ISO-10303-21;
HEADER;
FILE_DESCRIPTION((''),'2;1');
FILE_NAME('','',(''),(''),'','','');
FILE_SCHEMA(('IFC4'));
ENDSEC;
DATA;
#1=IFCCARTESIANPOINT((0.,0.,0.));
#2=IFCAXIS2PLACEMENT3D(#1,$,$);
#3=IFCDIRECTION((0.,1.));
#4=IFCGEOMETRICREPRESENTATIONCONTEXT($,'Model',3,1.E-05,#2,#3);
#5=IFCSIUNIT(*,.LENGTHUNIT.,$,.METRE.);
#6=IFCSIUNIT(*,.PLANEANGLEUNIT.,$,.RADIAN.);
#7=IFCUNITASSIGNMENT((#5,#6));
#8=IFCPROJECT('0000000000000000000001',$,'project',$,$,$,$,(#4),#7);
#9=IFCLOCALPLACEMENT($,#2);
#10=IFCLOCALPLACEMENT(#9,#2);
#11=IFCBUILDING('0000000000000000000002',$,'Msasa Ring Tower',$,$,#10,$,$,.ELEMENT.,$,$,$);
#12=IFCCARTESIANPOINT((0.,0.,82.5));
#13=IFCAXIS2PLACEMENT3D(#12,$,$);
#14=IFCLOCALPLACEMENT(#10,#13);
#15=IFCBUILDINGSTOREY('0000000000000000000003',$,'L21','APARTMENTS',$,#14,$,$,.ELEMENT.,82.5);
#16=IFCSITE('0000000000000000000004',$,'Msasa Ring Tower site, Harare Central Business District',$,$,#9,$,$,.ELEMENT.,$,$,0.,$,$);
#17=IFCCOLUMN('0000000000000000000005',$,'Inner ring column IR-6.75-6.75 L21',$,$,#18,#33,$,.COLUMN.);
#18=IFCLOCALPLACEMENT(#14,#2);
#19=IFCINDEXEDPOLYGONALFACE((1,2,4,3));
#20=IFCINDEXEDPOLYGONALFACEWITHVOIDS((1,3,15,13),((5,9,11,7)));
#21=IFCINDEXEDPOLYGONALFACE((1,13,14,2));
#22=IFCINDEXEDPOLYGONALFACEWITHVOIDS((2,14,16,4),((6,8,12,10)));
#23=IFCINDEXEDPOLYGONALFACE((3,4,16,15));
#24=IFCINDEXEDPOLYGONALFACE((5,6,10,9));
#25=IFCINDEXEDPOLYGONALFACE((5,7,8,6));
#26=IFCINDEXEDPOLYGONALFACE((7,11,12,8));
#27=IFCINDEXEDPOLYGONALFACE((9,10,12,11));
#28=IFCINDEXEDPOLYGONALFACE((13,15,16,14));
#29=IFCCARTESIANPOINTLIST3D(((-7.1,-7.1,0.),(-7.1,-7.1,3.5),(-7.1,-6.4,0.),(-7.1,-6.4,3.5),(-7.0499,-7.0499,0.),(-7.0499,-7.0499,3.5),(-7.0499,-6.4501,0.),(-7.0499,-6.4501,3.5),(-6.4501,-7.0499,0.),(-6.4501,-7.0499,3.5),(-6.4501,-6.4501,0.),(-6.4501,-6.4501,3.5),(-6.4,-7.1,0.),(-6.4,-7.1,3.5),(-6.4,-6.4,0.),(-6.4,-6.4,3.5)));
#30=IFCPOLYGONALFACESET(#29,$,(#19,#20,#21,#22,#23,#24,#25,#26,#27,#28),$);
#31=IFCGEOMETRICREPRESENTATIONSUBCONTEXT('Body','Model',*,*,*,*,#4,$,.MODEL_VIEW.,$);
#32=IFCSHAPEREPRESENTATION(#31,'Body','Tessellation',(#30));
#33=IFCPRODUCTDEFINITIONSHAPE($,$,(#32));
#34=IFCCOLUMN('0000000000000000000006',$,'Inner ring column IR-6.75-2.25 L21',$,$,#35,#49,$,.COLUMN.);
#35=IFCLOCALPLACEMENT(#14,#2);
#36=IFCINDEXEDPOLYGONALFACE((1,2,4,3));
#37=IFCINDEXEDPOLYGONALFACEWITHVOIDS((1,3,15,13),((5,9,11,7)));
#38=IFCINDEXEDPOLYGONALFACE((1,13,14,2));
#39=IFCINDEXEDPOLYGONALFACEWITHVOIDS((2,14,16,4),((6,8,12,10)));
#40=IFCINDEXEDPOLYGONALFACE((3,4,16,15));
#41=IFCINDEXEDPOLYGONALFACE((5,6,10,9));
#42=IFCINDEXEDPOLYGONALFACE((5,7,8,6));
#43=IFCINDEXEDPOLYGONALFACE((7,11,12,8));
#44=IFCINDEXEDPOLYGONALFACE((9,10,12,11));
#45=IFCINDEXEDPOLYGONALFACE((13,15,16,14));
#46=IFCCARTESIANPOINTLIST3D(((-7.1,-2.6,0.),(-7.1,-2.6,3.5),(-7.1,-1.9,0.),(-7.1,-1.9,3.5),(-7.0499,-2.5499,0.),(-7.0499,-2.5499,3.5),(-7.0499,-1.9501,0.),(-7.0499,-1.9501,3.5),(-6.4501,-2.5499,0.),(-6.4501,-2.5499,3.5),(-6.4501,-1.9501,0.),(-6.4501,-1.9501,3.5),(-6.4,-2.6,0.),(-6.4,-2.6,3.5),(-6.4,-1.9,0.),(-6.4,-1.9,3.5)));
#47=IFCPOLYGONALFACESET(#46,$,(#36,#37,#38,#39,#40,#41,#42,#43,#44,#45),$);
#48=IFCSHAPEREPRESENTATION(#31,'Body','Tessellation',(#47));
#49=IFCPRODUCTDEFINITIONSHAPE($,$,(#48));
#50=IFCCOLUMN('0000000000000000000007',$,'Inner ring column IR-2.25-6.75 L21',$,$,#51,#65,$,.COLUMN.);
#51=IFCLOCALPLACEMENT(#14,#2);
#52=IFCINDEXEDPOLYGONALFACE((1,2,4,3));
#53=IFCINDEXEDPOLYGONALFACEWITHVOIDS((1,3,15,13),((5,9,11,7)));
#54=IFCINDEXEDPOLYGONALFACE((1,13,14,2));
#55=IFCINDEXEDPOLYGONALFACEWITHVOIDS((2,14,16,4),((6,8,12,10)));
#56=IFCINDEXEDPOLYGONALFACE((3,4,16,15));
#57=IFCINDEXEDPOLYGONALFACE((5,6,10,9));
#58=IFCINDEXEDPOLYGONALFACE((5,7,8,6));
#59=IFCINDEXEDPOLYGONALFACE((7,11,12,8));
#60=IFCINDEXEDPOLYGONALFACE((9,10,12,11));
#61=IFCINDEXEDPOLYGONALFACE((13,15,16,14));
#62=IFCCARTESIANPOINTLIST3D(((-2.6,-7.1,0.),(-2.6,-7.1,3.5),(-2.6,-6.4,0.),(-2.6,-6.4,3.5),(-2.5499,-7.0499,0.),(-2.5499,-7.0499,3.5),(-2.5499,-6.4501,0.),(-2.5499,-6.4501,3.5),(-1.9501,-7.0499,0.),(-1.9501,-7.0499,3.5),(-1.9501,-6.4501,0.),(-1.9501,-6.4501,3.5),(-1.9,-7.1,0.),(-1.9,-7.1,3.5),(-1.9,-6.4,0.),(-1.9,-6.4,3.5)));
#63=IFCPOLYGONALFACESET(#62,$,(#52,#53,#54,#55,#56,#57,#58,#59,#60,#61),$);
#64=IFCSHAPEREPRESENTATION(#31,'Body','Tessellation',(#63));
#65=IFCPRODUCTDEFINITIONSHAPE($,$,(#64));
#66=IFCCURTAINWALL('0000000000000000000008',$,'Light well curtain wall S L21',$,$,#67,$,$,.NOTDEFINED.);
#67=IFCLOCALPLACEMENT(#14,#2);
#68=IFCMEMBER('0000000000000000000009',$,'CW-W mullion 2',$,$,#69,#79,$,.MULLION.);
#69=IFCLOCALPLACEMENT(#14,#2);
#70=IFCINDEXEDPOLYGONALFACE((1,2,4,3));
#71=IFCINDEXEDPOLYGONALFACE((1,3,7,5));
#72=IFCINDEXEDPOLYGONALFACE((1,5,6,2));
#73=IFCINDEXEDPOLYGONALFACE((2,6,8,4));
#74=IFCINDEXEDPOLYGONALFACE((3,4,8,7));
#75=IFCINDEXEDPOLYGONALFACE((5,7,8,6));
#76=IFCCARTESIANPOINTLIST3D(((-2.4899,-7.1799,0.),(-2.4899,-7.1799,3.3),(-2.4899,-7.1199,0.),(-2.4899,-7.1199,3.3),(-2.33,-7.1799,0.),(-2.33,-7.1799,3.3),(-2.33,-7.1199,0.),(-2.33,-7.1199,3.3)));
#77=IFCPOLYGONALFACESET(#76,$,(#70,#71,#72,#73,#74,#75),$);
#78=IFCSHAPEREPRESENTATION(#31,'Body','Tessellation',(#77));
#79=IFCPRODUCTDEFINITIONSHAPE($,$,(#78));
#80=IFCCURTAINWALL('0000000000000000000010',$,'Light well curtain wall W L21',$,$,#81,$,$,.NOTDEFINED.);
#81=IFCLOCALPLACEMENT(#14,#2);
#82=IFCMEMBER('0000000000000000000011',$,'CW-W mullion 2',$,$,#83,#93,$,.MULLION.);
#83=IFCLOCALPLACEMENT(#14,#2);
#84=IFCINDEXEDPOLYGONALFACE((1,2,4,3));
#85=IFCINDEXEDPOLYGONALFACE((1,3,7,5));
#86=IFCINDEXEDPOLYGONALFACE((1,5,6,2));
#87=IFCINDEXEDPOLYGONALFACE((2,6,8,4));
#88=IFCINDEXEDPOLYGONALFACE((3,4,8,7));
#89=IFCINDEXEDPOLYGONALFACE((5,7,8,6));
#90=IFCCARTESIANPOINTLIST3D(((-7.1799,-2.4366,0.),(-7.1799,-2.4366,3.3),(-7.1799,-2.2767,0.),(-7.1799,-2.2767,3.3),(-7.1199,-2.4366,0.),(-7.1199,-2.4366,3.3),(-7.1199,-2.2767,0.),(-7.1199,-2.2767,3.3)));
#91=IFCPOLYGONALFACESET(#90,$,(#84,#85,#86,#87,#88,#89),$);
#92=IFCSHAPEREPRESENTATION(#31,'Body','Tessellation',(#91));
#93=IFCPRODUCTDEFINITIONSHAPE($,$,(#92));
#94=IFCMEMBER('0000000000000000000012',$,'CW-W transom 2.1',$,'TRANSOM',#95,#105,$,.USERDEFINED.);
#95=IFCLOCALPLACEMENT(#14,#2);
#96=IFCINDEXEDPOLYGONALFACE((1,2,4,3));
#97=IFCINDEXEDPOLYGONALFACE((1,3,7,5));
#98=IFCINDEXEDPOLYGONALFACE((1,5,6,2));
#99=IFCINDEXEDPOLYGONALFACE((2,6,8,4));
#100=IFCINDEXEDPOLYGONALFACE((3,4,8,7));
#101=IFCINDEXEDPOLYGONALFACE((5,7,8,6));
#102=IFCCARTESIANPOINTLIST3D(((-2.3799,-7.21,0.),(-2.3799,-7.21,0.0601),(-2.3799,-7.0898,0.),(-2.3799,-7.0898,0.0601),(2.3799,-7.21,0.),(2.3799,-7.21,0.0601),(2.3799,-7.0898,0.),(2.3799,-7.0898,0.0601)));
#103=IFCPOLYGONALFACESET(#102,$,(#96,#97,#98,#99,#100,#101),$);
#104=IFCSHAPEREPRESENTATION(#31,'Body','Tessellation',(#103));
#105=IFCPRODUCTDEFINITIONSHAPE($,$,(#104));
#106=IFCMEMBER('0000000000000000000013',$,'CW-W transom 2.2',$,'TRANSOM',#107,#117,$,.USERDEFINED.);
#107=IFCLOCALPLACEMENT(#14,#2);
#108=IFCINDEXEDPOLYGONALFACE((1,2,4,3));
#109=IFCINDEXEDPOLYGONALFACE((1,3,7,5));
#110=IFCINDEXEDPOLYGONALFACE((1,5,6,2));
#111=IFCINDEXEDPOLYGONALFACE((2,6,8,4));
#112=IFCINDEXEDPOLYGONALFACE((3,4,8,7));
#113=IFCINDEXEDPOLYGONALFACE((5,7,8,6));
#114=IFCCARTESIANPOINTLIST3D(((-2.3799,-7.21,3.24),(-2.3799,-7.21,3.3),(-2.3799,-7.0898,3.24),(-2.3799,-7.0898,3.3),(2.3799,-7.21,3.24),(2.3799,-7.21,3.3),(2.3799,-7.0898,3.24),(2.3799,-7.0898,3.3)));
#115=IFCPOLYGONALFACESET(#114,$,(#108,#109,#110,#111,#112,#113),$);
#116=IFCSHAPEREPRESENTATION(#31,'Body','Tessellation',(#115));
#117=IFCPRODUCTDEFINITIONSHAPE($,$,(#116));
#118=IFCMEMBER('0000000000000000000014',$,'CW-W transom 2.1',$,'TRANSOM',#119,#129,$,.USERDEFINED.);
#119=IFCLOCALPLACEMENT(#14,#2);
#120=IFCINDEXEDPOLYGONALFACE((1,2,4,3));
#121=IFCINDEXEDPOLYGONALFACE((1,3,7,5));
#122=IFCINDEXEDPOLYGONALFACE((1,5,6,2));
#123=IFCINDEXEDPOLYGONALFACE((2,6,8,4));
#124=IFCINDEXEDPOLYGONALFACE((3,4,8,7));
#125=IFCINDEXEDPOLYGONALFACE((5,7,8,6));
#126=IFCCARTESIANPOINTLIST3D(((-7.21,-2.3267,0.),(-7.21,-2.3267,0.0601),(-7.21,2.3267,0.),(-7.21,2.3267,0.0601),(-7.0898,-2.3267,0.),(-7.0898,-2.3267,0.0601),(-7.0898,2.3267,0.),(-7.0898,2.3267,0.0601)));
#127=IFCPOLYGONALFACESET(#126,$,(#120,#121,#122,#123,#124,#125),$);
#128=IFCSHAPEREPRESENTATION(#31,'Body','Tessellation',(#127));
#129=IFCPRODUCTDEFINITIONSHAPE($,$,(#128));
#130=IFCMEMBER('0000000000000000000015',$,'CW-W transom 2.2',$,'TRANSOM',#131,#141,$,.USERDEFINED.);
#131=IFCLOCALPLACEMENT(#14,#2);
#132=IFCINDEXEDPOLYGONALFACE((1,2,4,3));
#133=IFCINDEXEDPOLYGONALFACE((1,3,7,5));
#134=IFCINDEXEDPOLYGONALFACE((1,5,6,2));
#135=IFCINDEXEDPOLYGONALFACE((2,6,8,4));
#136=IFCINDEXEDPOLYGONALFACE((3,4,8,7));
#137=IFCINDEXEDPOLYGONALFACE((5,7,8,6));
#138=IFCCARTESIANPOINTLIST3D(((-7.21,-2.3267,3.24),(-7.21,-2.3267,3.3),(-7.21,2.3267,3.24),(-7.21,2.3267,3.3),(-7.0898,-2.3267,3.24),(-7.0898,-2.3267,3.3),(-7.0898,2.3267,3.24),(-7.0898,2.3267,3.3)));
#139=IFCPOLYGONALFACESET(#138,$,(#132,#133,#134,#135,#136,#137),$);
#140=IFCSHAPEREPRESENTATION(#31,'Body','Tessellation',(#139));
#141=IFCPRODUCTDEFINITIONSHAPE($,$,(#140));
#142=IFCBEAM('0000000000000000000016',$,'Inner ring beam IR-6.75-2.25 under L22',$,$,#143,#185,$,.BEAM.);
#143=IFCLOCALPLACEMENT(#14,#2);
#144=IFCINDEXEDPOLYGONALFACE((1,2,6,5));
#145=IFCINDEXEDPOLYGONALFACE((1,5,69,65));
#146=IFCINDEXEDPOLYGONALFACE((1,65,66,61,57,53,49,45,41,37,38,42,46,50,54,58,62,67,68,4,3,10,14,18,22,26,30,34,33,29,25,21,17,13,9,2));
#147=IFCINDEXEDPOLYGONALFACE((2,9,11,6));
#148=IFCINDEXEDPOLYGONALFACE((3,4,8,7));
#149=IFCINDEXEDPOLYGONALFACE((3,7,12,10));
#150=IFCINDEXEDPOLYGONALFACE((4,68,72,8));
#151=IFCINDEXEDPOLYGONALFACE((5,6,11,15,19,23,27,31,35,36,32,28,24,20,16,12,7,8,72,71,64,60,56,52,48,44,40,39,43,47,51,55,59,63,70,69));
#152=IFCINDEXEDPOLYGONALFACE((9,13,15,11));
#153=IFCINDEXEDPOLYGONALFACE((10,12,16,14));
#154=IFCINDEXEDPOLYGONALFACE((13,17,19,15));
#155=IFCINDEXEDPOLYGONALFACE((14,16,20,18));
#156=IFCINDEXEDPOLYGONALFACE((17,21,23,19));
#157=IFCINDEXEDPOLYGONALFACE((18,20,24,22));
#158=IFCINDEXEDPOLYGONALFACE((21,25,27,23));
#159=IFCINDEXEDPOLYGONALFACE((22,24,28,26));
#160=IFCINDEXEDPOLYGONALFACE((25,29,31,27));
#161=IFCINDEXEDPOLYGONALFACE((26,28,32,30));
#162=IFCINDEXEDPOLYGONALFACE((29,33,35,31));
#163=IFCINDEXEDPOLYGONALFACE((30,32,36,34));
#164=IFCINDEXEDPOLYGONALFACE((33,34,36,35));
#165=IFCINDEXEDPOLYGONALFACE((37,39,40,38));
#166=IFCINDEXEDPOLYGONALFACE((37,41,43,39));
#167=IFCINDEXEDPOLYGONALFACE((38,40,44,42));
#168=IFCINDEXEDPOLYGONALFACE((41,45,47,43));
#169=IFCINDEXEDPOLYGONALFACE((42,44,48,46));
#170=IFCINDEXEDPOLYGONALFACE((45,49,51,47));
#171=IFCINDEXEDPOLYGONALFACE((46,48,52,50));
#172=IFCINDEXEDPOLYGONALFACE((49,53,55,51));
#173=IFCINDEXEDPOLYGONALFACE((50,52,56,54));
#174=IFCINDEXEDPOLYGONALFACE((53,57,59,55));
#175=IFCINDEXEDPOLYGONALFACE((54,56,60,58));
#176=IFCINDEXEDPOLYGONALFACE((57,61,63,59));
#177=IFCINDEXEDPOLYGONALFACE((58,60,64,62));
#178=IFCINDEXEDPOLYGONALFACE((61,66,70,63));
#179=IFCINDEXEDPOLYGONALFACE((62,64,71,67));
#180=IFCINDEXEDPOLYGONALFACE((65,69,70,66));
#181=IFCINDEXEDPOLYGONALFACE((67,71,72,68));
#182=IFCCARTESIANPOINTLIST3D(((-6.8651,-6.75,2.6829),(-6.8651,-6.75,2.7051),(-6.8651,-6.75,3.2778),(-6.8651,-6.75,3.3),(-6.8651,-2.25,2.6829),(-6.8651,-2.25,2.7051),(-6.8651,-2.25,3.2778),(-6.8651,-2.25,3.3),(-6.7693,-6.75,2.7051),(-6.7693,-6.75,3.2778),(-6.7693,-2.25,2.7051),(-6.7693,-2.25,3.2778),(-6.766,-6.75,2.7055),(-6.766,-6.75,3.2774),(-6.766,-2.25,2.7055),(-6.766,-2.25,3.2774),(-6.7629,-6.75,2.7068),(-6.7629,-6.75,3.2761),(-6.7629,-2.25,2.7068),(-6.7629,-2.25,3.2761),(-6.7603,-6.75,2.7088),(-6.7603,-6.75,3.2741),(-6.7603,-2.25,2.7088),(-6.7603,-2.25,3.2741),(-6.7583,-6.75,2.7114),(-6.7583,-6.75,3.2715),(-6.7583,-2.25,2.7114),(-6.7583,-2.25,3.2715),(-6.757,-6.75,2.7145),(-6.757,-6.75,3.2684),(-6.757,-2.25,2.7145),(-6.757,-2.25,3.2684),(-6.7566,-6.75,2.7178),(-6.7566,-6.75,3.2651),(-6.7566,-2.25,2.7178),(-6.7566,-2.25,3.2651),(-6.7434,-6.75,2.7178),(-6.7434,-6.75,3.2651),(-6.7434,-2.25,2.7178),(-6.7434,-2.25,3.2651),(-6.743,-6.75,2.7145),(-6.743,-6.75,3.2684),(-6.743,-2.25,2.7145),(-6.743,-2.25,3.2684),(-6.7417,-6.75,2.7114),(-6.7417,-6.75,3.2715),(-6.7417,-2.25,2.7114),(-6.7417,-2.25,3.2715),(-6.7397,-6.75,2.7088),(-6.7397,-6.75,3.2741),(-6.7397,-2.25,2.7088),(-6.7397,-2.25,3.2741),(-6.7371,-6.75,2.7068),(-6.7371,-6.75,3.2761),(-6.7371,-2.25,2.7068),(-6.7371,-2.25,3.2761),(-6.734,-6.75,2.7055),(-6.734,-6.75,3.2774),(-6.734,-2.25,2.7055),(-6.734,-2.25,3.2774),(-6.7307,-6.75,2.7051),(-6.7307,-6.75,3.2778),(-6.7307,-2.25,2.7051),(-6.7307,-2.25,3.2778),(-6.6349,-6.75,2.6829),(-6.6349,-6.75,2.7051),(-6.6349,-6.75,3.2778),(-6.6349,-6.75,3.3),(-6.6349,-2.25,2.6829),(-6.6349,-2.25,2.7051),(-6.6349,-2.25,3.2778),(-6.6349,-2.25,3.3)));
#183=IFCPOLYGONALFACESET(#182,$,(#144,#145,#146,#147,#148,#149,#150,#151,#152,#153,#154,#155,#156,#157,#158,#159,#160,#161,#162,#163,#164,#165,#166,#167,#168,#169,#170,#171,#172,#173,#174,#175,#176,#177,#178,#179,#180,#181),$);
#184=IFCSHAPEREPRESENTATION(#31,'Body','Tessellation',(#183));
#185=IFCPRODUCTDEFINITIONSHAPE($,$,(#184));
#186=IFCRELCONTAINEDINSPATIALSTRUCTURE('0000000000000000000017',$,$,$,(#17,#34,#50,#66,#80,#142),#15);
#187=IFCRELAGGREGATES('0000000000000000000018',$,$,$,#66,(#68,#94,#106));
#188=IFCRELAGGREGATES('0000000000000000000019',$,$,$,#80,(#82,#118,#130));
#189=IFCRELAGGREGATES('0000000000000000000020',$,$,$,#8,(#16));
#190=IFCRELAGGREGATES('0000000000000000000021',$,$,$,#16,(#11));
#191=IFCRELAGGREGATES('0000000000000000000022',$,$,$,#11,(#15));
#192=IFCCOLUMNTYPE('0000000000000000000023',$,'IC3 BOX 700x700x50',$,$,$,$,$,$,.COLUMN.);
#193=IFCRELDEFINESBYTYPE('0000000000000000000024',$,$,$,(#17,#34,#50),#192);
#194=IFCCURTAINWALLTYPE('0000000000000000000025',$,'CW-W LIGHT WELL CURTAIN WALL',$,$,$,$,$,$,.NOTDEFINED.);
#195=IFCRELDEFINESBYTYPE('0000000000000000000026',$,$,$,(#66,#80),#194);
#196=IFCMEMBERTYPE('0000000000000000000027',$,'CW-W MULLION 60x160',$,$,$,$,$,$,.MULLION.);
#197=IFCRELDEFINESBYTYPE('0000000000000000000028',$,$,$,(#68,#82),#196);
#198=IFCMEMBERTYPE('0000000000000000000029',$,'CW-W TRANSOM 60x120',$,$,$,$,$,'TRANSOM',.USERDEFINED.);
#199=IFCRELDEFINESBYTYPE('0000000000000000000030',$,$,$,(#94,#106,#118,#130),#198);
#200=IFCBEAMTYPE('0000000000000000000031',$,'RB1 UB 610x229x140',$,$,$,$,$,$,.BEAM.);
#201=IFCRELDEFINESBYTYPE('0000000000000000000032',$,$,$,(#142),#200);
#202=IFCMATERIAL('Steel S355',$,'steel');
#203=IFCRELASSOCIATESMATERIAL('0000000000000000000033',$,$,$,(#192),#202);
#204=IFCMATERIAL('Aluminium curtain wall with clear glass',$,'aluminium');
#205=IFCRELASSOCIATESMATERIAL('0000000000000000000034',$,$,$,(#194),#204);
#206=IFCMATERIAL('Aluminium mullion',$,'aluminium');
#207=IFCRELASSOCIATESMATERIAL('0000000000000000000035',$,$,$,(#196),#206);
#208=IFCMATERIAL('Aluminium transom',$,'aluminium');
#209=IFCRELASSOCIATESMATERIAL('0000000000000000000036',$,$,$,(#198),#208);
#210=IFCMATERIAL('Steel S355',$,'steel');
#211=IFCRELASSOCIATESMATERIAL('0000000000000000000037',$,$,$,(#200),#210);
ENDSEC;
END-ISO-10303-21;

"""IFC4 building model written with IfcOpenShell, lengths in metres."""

from ifc_helpers import new_model, si_unit, direction, frame, origin, origin_2d, place, context, subcontext, project, spatial, rectangle, hollow_rectangle, i_section, extrude, material, material_profile, profile_set, type_object, element, aggregate, save


model = new_model("IFC4")

# Units and contexts
model_context = context("Model", 3, precision=1e-05, world=origin(), true_north=direction((0.0, 1.0)))
body_context = subcontext(model_context, "Body", "Model", "MODEL_VIEW")
ifc_project = project(units=[si_unit("LENGTHUNIT", "METRE"), si_unit("PLANEANGLEUNIT", "RADIAN")], contexts=[model_context])

# Site, building, storey
site_placement = place(None, origin())
site = spatial("IfcSite", under=ifc_project, at=site_placement, Name="Msasa Ring Tower site, Harare Central Business District", CompositionType="ELEMENT", RefElevation=0.0)
building_placement = place(site_placement, origin())
building = spatial("IfcBuilding", under=site, at=building_placement, Name="Msasa Ring Tower", CompositionType="ELEMENT")
storey_placement = place(building_placement, frame((0.0, 0.0, 82.5)))
storey = spatial("IfcBuildingStorey", under=building, at=storey_placement, Name="L21", Description="APARTMENTS", CompositionType="ELEMENT", Elevation=82.5)

# Columns
ifc_material_1 = material(Name="Steel S355", Category="steel")
ifc_material_profile_1 = material_profile(ifc_material_1, hollow_rectangle(XDim=0.7, YDim=0.7, WallThickness=0.05, at=origin_2d()), Name="BOX 700x700x50")
ifc_profile_set_1 = profile_set([ifc_material_profile_1], Name="Steel S355")
column_type = type_object("IfcColumnType", Name="IC3 BOX 700x700x50", PredefinedType="COLUMN", material=ifc_profile_set_1)
for number, where, z_axis, x_axis, name in (
    (1, (-6.75, -6.75, 0.0), (0.0, 0.0, 1.0), (1.0, 0.0, 0.0), "Inner ring column IR-6.75-6.75 L21"),
    (2, (-6.75, -2.25, 0.0), (0.0, 0.0, 1.0), (1.0, 0.0, 0.0), "Inner ring column IR-6.75-2.25 L21"),
    (3, (-2.25, -6.75, 0.0), (0.0, 0.0, 1.0), (1.0, 0.0, 0.0), "Inner ring column IR-2.25-6.75 L21"),
):
    element("IfcColumn", number, at=place(storey_placement, frame(where, z_axis=z_axis, x_axis=x_axis)), inside=storey, type_object=column_type, Name=name, PredefinedType="COLUMN", context=body_context, shape_type="SweptSolid", body=[
        extrude(hollow_rectangle(XDim=0.7, YDim=0.7, WallThickness=0.05, at=origin_2d()), origin(), (0.0, 0.0, 1.0), 3.5),
    ])

# Curtain walls, members
ifc_material_2 = material(Name="Aluminium curtain wall with clear glass", Category="aluminium")
curtain_wall_type = type_object("IfcCurtainWallType", Name="CW-W LIGHT WELL CURTAIN WALL", PredefinedType="NOTDEFINED", material=ifc_material_2)
curtain_wall_1_placement = place(storey_placement, origin())
curtain_wall_1 = element("IfcCurtainWall", 4, at=curtain_wall_1_placement, inside=storey, type_object=curtain_wall_type, Name="Light well curtain wall S L21", PredefinedType="NOTDEFINED")
ifc_material_3 = material(Name="Aluminium mullion", Category="aluminium")
ifc_material_profile_2 = material_profile(ifc_material_3, rectangle(XDim=0.0601, YDim=0.1599, at=origin_2d()), Name="AL 60x160")
ifc_profile_set_2 = profile_set([ifc_material_profile_2], Name="Aluminium mullion")
member_type_1 = type_object("IfcMemberType", Name="CW-W MULLION 60x160", PredefinedType="MULLION", material=ifc_profile_set_2)
member_1_placement = place(storey_placement, frame((-2.4099, -7.1499, 0.0), z_axis=(0.0, 0.0, 1.0), x_axis=(0.0, 1.0, 0.0)))
member_1 = element("IfcMember", 5, at=member_1_placement, type_object=member_type_1, Name="CW-W mullion 2", PredefinedType="MULLION", context=body_context, shape_type="SweptSolid", body=[
    extrude(rectangle(XDim=0.0601, YDim=0.1599, at=origin_2d()), origin(), (0.0, 0.0, 1.0), 3.3),
])
curtain_wall_2_placement = place(storey_placement, origin())
curtain_wall_2 = element("IfcCurtainWall", 6, at=curtain_wall_2_placement, inside=storey, type_object=curtain_wall_type, Name="Light well curtain wall W L21", PredefinedType="NOTDEFINED")
member_2_placement = place(storey_placement, frame((-7.1499, -2.3567, 0.0), z_axis=(0.0, 0.0, 1.0), x_axis=(-1.0, 0.0, 0.0)))
member_2 = element("IfcMember", 7, at=member_2_placement, type_object=member_type_1, Name="CW-W mullion 2", PredefinedType="MULLION", context=body_context, shape_type="SweptSolid", body=[
    extrude(rectangle(XDim=0.0601, YDim=0.1599, at=origin_2d()), origin(), (0.0, 0.0, 1.0), 3.3),
])

# Members
ifc_material_4 = material(Name="Aluminium transom", Category="aluminium")
ifc_material_profile_3 = material_profile(ifc_material_4, rectangle(XDim=0.1201, YDim=0.0601, at=origin_2d()), Name="AL 60x120")
ifc_profile_set_3 = profile_set([ifc_material_profile_3], Name="Aluminium transom")
member_type_2 = type_object("IfcMemberType", Name="CW-W TRANSOM 60x120", ElementType="TRANSOM", PredefinedType="USERDEFINED", material=ifc_profile_set_3)
member_3_placement = place(storey_placement, frame((-2.3799, -7.1499, 0.03), z_axis=(1.0, 0.0, 0.0), x_axis=(0.0, 1.0, 0.0)))
member_3 = element("IfcMember", 8, at=member_3_placement, type_object=member_type_2, Name="CW-W transom 2.1", ObjectType="TRANSOM", PredefinedType="USERDEFINED", context=body_context, shape_type="SweptSolid", body=[
    extrude(rectangle(XDim=0.1201, YDim=0.0601, at=origin_2d()), origin(), (0.0, 0.0, 1.0), 4.7598),
])
member_4_placement = place(storey_placement, frame((-2.3799, -7.1499, 3.27), z_axis=(1.0, 0.0, 0.0), x_axis=(0.0, 1.0, 0.0)))
member_4 = element("IfcMember", 9, at=member_4_placement, type_object=member_type_2, Name="CW-W transom 2.2", ObjectType="TRANSOM", PredefinedType="USERDEFINED", context=body_context, shape_type="SweptSolid", body=[
    extrude(rectangle(XDim=0.1201, YDim=0.0601, at=origin_2d()), origin(), (0.0, 0.0, 1.0), 4.7598),
])
member_5_placement = place(storey_placement, frame((-7.1499, -2.3267, 0.03), z_axis=(0.0, 1.0, 0.0), x_axis=(-1.0, 0.0, 0.0)))
member_5 = element("IfcMember", 10, at=member_5_placement, type_object=member_type_2, Name="CW-W transom 2.1", ObjectType="TRANSOM", PredefinedType="USERDEFINED", context=body_context, shape_type="SweptSolid", body=[
    extrude(rectangle(XDim=0.1201, YDim=0.0601, at=origin_2d()), origin(), (0.0, 0.0, 1.0), 4.6533),
])
member_6_placement = place(storey_placement, frame((-7.1499, -2.3267, 3.27), z_axis=(0.0, 1.0, 0.0), x_axis=(-1.0, 0.0, 0.0)))
member_6 = element("IfcMember", 11, at=member_6_placement, type_object=member_type_2, Name="CW-W transom 2.2", ObjectType="TRANSOM", PredefinedType="USERDEFINED", context=body_context, shape_type="SweptSolid", body=[
    extrude(rectangle(XDim=0.1201, YDim=0.0601, at=origin_2d()), origin(), (0.0, 0.0, 1.0), 4.6533),
])

# Beam
ifc_material_5 = material(Name="Steel S355", Category="steel")
ifc_material_profile_4 = material_profile(ifc_material_5, i_section(OverallWidth=0.2302, OverallDepth=0.6172, WebThickness=0.0132, FlangeThickness=0.0222, FilletRadius=0.0127, at=origin_2d()), Name="UB 610x229x140")
ifc_profile_set_4 = profile_set([ifc_material_profile_4], Name="Steel S355")
beam_type = type_object("IfcBeamType", Name="RB1 UB 610x229x140", PredefinedType="BEAM", material=ifc_profile_set_4)
for number, where, z_axis, x_axis, name in (
    (12, (-6.75, -2.25, 2.9915), (0.0, -1.0, 0.0), (1.0, 0.0, 0.0), "Inner ring beam IR-6.75-2.25 under L22"),
):
    element("IfcBeam", number, at=place(storey_placement, frame(where, z_axis=z_axis, x_axis=x_axis)), inside=storey, type_object=beam_type, Name=name, PredefinedType="BEAM", context=body_context, shape_type="SweptSolid", body=[
        extrude(i_section(OverallWidth=0.2302, OverallDepth=0.6172, WebThickness=0.0132, FlangeThickness=0.0222, FilletRadius=0.0127, at=origin_2d()), origin(), (0.0, 0.0, 1.0), 4.5),
    ])

aggregate(curtain_wall_1, [member_1, member_3, member_4])
aggregate(curtain_wall_2, [member_2, member_5, member_6])

save(model, "model.ifc")
